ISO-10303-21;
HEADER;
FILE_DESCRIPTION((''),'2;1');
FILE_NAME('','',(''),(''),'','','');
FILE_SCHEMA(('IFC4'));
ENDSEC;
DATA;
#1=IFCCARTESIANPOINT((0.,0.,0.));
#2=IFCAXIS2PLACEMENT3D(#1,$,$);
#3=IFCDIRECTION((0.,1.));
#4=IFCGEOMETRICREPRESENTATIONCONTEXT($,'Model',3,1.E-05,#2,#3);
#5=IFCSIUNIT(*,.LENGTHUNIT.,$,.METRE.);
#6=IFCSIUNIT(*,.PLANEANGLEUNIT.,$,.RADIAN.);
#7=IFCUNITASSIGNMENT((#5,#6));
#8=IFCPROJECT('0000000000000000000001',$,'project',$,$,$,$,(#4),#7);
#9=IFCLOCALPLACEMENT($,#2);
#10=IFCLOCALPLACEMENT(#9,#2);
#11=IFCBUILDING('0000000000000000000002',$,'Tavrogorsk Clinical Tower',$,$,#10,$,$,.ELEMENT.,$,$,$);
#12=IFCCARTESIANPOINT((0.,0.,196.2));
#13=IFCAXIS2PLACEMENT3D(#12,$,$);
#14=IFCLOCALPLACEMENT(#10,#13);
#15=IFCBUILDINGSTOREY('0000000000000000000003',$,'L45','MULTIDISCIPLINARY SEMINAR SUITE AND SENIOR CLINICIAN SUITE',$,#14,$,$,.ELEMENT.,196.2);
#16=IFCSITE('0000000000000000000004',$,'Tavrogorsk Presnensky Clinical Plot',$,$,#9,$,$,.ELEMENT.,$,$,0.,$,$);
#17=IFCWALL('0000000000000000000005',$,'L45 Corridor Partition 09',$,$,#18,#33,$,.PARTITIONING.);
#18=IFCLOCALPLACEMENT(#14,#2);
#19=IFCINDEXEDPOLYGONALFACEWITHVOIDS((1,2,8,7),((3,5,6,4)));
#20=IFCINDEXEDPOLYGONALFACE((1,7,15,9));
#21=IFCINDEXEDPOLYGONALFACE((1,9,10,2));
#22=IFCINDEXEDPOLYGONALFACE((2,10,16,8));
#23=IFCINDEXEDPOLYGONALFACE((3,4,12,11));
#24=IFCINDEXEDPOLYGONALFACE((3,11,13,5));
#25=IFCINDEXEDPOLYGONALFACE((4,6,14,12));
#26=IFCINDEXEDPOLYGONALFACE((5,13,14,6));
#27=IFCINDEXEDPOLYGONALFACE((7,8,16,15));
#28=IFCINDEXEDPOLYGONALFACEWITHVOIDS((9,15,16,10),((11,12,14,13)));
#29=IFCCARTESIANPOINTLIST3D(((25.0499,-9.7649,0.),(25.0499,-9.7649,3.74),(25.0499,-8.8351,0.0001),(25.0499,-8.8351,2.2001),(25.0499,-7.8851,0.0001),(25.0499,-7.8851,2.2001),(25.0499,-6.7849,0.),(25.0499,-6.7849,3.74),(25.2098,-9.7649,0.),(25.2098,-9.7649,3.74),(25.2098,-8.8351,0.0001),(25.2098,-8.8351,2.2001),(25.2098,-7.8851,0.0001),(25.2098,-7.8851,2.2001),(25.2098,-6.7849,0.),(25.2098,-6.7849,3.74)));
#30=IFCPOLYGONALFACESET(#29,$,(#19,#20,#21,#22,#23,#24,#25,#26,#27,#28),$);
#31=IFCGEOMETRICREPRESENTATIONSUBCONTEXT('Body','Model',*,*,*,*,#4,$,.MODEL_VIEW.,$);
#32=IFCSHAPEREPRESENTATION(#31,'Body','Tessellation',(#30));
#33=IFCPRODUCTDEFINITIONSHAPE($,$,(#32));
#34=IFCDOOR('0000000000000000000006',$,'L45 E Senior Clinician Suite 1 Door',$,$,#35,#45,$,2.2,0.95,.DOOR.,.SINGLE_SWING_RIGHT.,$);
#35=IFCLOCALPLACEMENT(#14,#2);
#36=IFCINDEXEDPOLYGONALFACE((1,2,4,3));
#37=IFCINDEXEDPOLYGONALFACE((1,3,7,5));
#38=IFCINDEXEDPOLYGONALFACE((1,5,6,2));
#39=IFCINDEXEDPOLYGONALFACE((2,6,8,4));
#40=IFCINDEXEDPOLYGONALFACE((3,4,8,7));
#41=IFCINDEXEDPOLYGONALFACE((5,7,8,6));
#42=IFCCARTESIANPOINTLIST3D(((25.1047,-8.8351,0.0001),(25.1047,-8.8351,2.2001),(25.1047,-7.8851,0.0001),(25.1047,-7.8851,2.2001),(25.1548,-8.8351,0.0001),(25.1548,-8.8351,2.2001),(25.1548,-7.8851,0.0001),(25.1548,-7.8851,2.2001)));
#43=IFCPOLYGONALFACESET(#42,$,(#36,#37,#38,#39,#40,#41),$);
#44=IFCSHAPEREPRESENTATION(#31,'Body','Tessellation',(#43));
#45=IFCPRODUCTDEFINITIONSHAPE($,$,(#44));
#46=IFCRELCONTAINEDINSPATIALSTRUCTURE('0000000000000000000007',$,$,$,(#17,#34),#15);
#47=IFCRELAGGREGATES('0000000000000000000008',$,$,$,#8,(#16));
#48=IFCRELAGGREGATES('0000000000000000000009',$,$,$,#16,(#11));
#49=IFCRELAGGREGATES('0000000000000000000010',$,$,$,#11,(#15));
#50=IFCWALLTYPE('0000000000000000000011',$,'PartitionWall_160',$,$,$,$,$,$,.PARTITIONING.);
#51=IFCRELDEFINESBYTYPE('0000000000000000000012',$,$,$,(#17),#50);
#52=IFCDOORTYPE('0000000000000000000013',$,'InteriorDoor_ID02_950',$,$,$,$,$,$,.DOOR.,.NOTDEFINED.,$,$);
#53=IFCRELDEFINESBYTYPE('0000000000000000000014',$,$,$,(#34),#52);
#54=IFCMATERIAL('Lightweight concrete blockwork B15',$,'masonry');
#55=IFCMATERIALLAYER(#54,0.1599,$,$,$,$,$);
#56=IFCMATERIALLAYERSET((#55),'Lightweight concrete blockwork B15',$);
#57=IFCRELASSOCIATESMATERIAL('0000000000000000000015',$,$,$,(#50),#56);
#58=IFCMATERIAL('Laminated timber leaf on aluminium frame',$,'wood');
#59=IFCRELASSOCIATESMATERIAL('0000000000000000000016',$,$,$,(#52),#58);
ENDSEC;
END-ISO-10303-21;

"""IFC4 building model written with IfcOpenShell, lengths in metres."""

from ifc_helpers import new_model, si_unit, direction, frame, frame_2d, origin, place, context, subcontext, project, spatial, rectangle, extrude, material, layer, layer_set, type_object, element, fill, save


model = new_model("IFC4")

# Units and contexts
model_context = context("Model", 3, precision=1e-05, world=origin(), true_north=direction((0.0, 1.0)))
body_context = subcontext(model_context, "Body", "Model", "MODEL_VIEW")
ifc_project = project(units=[si_unit("LENGTHUNIT", "METRE"), si_unit("PLANEANGLEUNIT", "RADIAN")], contexts=[model_context])

# Site, building, storey
site_placement = place(None, origin())
site = spatial("IfcSite", under=ifc_project, at=site_placement, Name="Tavrogorsk Presnensky Clinical Plot", CompositionType="ELEMENT", RefElevation=0.0)
building_placement = place(site_placement, origin())
building = spatial("IfcBuilding", under=site, at=building_placement, Name="Tavrogorsk Clinical Tower", CompositionType="ELEMENT")
storey_placement = place(building_placement, frame((0.0, 0.0, 196.2)))
storey = spatial("IfcBuildingStorey", under=building, at=storey_placement, Name="L45", Description="MULTIDISCIPLINARY SEMINAR SUITE AND SENIOR CLINICIAN SUITE", CompositionType="ELEMENT", Elevation=196.2)

# Wall, opening, door
ifc_material_1 = material(Name="Lightweight concrete blockwork B15", Category="masonry")
ifc_layer = layer(ifc_material_1, 0.1599)
ifc_layer_set = layer_set([ifc_layer], Name="Lightweight concrete blockwork B15")
wall_type = type_object("IfcWallType", Name="PartitionWall_160", PredefinedType="PARTITIONING", material=ifc_layer_set)
wall_1_placement = place(storey_placement, frame((25.1299, -6.7849, 0.0), z_axis=(0.0, 0.0, 1.0), x_axis=(0.0, -1.0, 0.0)))
wall_1 = element("IfcWall", 1, at=wall_1_placement, inside=storey, type_object=wall_type, Name="L45 Corridor Partition 09", PredefinedType="PARTITIONING", context=body_context, shape_type="SweptSolid", body=[
    extrude(rectangle(XDim=2.98, YDim=0.1599, at=frame_2d((1.49, 0.0))), origin(), (0.0, 0.0, 1.0), 3.74),
])
opening_1_placement = place(wall_1_placement, frame((1.1001, 0.0, 0.0)))
opening_1 = element("IfcOpeningElement", 2, at=opening_1_placement, cuts=wall_1, PredefinedType="OPENING", context=body_context, shape_type="SweptSolid", body=[
    extrude(rectangle(XDim=0.95, YDim=2.2, at=frame_2d((0.4751, 1.1001))), frame((0.0, 0.0898, 0.0), z_axis=(0.0, -1.0, 0.0), x_axis=(1.0, 0.0, 0.0)), (0.0, 0.0, 1.0), 0.1799),
])
ifc_material_2 = material(Name="Laminated timber leaf on aluminium frame", Category="wood")
door_type_1 = type_object("IfcDoorType", Name="InteriorDoor_ID02_950", OperationType="NOTDEFINED", PredefinedType="DOOR", material=ifc_material_2)
door_1_placement = place(opening_1_placement, origin())
door_1 = element("IfcDoor", 3, at=door_1_placement, inside=storey, type_object=door_type_1, Name="L45 E Senior Clinician Suite 1 Door", OperationType="SINGLE_SWING_RIGHT", OverallHeight=2.2, OverallWidth=0.95, PredefinedType="DOOR", context=body_context, shape_type="SweptSolid", body=[
    extrude(rectangle(XDim=0.95, YDim=2.2, at=frame_2d((0.4751, 1.1001))), frame((0.0, 0.0249, 0.0), z_axis=(0.0, -1.0, 0.0), x_axis=(1.0, 0.0, 0.0)), (0.0, 0.0, 1.0), 0.05),
])
fill(opening_1, door_1)

save(model, "model.ifc")
